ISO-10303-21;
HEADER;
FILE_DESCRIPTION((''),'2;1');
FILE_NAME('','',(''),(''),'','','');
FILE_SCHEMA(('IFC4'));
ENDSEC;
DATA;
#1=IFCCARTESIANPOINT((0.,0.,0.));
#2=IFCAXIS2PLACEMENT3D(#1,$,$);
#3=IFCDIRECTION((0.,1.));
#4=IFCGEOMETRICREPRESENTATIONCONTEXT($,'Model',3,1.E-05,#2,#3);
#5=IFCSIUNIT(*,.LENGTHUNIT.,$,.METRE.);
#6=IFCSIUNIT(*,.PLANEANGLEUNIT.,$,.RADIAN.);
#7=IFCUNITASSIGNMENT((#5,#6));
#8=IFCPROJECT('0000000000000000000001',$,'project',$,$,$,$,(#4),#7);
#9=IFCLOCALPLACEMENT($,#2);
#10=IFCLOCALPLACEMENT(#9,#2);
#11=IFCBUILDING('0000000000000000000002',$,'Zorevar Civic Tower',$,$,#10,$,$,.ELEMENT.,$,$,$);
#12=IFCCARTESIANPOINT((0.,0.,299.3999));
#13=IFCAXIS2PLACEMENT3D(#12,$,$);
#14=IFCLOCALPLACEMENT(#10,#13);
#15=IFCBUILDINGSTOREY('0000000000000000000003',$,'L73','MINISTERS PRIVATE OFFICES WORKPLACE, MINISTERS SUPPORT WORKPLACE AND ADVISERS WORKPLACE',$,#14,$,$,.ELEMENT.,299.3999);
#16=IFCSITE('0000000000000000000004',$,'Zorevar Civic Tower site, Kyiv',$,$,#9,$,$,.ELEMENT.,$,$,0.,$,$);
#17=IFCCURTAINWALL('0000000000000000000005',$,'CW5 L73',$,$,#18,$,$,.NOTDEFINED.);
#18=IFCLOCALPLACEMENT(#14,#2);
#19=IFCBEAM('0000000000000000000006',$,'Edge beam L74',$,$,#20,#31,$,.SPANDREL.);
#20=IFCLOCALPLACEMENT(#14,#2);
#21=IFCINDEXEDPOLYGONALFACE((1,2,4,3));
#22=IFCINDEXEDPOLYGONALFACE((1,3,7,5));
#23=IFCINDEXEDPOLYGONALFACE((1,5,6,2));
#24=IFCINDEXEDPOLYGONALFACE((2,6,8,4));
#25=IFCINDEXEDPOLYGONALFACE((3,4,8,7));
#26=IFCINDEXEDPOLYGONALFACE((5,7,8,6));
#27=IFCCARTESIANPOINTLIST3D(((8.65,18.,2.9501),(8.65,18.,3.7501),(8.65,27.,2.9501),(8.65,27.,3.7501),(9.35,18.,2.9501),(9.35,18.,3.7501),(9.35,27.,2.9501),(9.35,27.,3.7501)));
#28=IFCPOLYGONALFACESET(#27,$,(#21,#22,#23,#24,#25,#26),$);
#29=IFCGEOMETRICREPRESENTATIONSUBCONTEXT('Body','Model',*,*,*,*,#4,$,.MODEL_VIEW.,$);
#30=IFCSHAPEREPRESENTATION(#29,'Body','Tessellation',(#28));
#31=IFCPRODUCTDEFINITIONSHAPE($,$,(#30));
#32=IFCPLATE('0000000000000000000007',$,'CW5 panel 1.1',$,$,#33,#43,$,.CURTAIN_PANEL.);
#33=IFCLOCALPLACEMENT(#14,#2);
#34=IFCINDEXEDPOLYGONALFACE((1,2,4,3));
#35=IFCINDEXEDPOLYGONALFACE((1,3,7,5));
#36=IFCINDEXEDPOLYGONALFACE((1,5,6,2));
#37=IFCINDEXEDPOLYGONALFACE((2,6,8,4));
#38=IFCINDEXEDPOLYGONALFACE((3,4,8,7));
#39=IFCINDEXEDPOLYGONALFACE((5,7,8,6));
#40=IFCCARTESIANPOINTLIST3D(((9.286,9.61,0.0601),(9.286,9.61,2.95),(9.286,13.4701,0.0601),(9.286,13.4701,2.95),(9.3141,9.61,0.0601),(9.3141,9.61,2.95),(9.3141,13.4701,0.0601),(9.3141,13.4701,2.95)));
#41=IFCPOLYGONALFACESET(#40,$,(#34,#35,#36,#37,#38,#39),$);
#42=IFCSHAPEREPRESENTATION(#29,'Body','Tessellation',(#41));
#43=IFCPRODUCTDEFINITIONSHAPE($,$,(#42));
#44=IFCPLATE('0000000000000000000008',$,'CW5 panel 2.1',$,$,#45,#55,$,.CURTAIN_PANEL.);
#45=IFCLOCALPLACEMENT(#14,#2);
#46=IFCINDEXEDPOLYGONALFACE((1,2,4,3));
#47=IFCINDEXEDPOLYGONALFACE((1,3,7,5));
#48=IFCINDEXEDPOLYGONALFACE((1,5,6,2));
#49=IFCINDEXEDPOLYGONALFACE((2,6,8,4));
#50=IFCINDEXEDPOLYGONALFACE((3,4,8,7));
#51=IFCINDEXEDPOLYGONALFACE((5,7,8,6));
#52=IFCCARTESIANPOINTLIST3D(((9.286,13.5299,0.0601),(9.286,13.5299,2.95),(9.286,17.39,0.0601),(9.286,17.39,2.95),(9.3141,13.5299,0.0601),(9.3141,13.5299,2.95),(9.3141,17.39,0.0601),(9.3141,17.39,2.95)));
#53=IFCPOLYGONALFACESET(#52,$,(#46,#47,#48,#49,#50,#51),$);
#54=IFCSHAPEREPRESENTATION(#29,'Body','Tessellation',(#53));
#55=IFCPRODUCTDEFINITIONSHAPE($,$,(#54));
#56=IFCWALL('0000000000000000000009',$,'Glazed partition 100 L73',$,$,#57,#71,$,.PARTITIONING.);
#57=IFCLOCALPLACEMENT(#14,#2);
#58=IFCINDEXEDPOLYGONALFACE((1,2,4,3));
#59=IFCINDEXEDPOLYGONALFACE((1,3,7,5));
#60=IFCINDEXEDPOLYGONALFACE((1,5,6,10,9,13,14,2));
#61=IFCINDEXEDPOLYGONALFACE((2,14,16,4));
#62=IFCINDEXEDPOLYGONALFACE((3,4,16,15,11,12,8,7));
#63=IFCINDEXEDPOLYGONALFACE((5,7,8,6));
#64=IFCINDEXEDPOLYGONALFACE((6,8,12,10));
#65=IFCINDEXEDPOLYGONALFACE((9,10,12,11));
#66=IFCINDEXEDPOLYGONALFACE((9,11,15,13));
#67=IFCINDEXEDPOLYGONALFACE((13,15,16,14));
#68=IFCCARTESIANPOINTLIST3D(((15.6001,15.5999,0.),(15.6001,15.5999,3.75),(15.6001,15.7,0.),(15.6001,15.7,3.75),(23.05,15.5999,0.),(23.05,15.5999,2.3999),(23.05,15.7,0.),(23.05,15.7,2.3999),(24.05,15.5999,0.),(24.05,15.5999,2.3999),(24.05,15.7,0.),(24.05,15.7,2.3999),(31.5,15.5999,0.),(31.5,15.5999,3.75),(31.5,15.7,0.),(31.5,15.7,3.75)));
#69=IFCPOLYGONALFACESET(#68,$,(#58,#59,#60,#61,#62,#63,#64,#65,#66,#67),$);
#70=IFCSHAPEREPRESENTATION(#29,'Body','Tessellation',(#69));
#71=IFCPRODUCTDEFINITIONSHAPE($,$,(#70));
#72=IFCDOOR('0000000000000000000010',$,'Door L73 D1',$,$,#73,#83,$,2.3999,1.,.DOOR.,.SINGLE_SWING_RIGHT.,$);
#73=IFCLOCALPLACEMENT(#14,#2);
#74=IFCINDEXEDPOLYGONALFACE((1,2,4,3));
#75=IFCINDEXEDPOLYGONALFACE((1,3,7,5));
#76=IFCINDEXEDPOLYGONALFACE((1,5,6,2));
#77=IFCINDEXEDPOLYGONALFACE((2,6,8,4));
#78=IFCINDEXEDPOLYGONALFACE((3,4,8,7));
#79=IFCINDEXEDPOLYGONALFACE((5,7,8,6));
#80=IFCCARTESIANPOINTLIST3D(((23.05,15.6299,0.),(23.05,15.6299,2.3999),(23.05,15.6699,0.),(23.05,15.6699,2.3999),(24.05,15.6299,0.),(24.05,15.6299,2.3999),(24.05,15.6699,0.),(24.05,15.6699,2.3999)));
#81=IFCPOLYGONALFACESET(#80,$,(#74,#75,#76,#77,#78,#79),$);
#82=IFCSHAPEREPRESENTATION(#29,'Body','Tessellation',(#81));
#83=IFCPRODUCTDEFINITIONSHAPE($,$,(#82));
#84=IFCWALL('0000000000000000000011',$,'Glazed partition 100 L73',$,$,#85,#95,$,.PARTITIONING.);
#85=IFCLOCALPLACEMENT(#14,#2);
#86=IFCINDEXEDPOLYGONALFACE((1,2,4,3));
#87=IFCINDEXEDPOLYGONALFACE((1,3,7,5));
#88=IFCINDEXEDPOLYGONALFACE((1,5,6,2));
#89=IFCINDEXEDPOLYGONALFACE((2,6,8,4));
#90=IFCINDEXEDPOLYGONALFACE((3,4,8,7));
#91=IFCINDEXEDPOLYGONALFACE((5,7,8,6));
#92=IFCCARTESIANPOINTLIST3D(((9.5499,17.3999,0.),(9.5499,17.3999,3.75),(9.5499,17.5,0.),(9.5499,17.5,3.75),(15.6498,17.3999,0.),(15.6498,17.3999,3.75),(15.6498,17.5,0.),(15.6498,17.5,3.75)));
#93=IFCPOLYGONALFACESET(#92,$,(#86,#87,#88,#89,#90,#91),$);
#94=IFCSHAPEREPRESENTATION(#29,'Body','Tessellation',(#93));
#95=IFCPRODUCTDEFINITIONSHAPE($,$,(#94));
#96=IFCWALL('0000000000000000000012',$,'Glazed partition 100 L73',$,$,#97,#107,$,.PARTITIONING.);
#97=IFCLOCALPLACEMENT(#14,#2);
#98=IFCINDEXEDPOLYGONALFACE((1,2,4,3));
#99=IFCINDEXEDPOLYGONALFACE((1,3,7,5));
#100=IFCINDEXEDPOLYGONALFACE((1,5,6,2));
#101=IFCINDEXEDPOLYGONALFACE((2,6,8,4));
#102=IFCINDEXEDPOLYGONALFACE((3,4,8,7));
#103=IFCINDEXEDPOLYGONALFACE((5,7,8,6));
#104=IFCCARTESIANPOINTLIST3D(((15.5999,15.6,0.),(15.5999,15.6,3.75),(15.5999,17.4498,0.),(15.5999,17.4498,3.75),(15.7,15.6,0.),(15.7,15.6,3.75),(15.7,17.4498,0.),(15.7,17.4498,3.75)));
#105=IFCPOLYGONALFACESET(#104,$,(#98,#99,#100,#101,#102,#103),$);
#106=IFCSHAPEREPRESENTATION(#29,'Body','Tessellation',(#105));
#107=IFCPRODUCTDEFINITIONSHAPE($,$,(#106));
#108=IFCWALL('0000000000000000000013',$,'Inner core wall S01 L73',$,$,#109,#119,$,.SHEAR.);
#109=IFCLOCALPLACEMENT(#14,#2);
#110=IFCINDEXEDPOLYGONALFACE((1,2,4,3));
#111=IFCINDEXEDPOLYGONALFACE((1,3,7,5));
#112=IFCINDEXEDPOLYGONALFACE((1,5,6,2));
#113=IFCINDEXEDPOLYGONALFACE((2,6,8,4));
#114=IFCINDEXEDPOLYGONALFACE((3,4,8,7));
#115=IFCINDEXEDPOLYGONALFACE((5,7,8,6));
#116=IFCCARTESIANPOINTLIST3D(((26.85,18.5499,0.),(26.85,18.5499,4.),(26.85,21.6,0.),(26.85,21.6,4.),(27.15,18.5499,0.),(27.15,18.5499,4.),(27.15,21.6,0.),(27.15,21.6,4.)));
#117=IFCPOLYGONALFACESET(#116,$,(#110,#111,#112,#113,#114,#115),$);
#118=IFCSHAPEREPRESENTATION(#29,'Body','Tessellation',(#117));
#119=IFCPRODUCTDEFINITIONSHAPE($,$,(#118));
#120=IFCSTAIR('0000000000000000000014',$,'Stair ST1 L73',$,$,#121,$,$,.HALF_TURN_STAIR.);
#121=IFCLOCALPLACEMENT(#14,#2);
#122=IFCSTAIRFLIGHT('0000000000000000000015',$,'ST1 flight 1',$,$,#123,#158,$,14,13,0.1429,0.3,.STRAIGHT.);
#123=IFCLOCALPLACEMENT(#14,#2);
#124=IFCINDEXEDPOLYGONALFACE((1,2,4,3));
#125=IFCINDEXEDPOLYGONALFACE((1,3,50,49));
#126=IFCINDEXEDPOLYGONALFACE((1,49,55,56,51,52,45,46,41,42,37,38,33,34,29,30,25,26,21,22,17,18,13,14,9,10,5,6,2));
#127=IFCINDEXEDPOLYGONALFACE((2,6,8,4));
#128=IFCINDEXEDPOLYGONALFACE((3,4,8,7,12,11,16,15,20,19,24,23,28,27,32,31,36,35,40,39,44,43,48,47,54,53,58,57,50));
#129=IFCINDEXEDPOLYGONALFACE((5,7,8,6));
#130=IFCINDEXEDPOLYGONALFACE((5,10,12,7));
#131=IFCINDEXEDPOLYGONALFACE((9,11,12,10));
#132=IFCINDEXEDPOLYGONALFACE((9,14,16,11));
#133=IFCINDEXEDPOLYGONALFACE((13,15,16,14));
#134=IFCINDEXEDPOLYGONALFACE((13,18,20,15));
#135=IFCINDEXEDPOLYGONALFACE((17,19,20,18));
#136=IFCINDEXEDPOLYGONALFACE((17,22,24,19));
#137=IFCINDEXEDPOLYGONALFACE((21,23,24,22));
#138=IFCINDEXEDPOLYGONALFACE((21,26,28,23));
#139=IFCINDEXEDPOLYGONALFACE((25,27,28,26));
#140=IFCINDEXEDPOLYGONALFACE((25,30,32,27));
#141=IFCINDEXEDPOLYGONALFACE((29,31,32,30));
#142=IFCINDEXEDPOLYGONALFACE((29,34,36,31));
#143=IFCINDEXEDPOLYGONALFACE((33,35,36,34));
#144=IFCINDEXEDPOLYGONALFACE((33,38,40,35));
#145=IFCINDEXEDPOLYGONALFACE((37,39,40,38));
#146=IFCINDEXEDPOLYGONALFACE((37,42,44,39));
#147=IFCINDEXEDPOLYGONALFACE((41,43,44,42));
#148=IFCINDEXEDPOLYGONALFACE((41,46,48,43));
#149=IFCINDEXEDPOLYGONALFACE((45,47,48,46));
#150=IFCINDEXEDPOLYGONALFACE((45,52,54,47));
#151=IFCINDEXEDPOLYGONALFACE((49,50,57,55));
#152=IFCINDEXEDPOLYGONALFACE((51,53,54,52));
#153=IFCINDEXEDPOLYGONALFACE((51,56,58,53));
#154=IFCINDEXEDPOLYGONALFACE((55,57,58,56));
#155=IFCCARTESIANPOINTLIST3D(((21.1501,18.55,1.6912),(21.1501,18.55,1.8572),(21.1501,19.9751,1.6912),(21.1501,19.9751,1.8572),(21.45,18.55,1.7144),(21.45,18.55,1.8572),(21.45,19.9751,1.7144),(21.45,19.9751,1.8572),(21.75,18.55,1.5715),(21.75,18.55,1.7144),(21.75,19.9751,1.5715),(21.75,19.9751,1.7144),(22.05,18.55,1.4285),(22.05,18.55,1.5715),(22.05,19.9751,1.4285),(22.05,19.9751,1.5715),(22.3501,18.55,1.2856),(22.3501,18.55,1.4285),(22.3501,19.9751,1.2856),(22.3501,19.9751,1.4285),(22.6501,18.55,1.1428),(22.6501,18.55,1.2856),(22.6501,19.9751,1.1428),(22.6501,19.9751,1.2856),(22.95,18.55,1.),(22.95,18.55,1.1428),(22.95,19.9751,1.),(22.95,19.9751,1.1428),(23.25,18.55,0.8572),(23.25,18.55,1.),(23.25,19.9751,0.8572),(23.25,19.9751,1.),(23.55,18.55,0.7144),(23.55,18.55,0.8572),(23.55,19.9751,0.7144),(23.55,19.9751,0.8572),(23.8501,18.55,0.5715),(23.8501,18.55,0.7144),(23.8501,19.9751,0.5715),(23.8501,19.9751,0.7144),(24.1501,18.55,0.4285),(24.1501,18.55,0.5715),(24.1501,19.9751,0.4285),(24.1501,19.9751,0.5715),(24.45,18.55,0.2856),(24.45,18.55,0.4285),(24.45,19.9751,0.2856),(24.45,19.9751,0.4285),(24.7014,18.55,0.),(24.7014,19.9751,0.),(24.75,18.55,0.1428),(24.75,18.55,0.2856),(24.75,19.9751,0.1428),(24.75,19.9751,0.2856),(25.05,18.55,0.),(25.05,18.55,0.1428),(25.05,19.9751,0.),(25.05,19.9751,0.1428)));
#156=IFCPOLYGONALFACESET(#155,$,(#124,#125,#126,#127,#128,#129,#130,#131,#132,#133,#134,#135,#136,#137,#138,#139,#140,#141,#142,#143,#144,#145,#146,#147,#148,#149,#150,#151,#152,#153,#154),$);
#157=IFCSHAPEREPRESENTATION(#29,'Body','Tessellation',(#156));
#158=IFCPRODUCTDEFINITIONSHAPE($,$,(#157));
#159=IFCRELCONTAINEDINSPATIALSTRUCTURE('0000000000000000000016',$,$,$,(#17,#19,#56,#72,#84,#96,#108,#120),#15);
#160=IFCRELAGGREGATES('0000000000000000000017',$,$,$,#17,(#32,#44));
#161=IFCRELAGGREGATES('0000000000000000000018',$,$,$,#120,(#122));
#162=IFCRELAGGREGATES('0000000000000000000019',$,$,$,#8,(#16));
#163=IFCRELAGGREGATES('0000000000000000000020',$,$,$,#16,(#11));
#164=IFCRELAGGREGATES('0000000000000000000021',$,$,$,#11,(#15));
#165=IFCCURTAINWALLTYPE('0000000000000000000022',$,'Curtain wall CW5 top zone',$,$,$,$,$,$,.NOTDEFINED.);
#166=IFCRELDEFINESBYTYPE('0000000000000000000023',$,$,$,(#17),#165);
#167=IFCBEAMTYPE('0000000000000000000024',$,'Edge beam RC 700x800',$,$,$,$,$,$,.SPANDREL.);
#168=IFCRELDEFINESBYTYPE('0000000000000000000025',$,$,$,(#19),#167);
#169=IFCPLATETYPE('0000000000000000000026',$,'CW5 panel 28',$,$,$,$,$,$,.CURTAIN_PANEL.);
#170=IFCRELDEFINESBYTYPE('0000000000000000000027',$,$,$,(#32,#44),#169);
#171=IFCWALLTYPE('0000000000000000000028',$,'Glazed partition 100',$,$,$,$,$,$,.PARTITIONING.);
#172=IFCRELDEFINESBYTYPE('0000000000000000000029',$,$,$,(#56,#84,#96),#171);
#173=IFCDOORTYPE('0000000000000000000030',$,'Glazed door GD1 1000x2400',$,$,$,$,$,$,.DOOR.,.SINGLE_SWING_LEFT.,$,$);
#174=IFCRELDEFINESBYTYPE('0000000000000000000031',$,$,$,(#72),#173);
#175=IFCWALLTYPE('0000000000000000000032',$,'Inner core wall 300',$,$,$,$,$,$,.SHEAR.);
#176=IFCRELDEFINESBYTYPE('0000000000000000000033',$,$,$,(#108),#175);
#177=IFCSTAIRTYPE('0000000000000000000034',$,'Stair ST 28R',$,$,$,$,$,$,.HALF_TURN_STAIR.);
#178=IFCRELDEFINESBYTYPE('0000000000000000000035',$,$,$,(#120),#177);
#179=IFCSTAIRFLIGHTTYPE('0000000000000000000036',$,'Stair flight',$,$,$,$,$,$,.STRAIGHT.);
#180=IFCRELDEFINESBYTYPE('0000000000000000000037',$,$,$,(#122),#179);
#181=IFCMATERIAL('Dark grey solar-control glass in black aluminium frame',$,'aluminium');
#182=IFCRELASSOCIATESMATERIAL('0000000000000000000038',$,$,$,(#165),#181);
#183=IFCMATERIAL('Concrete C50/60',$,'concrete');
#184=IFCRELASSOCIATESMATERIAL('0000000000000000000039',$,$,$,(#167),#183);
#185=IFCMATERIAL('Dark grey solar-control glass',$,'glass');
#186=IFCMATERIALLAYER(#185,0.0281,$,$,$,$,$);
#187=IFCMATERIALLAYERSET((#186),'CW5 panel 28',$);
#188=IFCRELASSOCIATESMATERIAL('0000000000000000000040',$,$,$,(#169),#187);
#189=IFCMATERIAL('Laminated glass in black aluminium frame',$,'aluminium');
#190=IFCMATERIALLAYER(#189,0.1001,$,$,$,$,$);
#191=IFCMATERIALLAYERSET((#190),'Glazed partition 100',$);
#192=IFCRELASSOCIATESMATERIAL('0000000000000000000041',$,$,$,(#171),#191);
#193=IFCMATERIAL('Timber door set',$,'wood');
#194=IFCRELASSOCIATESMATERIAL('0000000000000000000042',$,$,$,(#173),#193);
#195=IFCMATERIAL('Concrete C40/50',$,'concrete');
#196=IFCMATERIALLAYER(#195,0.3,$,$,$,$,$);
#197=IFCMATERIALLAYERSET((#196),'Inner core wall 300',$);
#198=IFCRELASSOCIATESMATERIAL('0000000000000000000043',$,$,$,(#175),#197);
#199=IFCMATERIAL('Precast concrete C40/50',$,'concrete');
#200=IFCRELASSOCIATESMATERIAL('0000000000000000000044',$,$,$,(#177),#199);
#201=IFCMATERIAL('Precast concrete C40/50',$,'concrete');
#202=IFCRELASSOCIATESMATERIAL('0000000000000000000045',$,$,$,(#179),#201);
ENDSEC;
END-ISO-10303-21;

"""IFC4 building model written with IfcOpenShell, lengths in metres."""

from ifc_helpers import new_model, si_unit, direction, frame, frame_2d, origin, origin_2d, place, context, subcontext, project, spatial, polyline, rectangle, outline, extrude, material, layer, layer_set, material_profile, profile_set, type_object, element, fill, aggregate, save


model = new_model("IFC4")

# Units and contexts
model_context = context("Model", 3, precision=1e-05, world=origin(), true_north=direction((0.0, 1.0)))
body_context = subcontext(model_context, "Body", "Model", "MODEL_VIEW")
ifc_project = project(units=[si_unit("LENGTHUNIT", "METRE"), si_unit("PLANEANGLEUNIT", "RADIAN")], contexts=[model_context])

# Site, building, storey
site_placement = place(None, origin())
site = spatial("IfcSite", under=ifc_project, at=site_placement, Name="Zorevar Civic Tower site, Kyiv", CompositionType="ELEMENT", RefElevation=0.0)
building_placement = place(site_placement, origin())
building = spatial("IfcBuilding", under=site, at=building_placement, Name="Zorevar Civic Tower", CompositionType="ELEMENT")
storey_placement = place(building_placement, frame((0.0, 0.0, 299.3999)))
storey = spatial("IfcBuildingStorey", under=building, at=storey_placement, Name="L73", Description="MINISTERS PRIVATE OFFICES WORKPLACE, MINISTERS SUPPORT WORKPLACE AND ADVISERS WORKPLACE", CompositionType="ELEMENT", Elevation=299.3999)

# Curtain wall
ifc_material_1 = material(Name="Dark grey solar-control glass in black aluminium frame", Category="aluminium")
curtain_wall_type = type_object("IfcCurtainWallType", Name="Curtain wall CW5 top zone", PredefinedType="NOTDEFINED", material=ifc_material_1)
curtain_wall_1_placement = place(storey_placement, origin())
curtain_wall_1 = element("IfcCurtainWall", 1, at=curtain_wall_1_placement, inside=storey, type_object=curtain_wall_type, Name="CW5 L73", PredefinedType="NOTDEFINED")

# Beam
ifc_material_2 = material(Name="Concrete C50/60", Category="concrete")
ifc_material_profile_1 = material_profile(ifc_material_2, rectangle(XDim=0.7, YDim=0.8, at=origin_2d()), Name="RC 700x800")
ifc_profile_set_1 = profile_set([ifc_material_profile_1], Name="Concrete C50/60")
beam_type_1 = type_object("IfcBeamType", Name="Edge beam RC 700x800", PredefinedType="SPANDREL", material=ifc_profile_set_1)
beam_1_placement = place(storey_placement, frame((9.0, 18.0, 3.3501), z_axis=(0.0, 1.0, 0.0), x_axis=(-1.0, 0.0, 0.0)))
element("IfcBeam", 2, at=beam_1_placement, inside=storey, type_object=beam_type_1, Name="Edge beam L74", PredefinedType="SPANDREL", context=body_context, shape_type="SweptSolid", body=[
    extrude(rectangle(XDim=0.7, YDim=0.8, at=origin_2d()), origin(), (0.0, 0.0, 1.0), 9.0),
])

# Plates
ifc_material_3 = material(Name="Dark grey solar-control glass", Category="glass")
ifc_layer_1 = layer(ifc_material_3, 0.0281)
ifc_layer_set_1 = layer_set([ifc_layer_1], Name="CW5 panel 28")
plate_type = type_object("IfcPlateType", Name="CW5 panel 28", PredefinedType="CURTAIN_PANEL", material=ifc_layer_set_1)
plate_1_placement = place(storey_placement, frame((9.3, 11.54, 0.0601), z_axis=(0.0, 0.0, 1.0), x_axis=(0.0, 1.0, 0.0)))
plate_1 = element("IfcPlate", 3, at=plate_1_placement, type_object=plate_type, Name="CW5 panel 1.1", PredefinedType="CURTAIN_PANEL", context=body_context, shape_type="SweptSolid", body=[
    extrude(rectangle(XDim=3.8601, YDim=0.0281, at=origin_2d()), origin(), (0.0, 0.0, 1.0), 2.8899),
])
plate_2_placement = place(storey_placement, frame((9.3, 15.46, 0.0601), z_axis=(0.0, 0.0, 1.0), x_axis=(0.0, 1.0, 0.0)))
plate_2 = element("IfcPlate", 4, at=plate_2_placement, type_object=plate_type, Name="CW5 panel 2.1", PredefinedType="CURTAIN_PANEL", context=body_context, shape_type="SweptSolid", body=[
    extrude(rectangle(XDim=3.8601, YDim=0.0281, at=origin_2d()), origin(), (0.0, 0.0, 1.0), 2.8899),
])
aggregate(curtain_wall_1, [plate_1, plate_2])

# Wall, opening, door
ifc_material_4 = material(Name="Laminated glass in black aluminium frame", Category="aluminium")
ifc_layer_2 = layer(ifc_material_4, 0.1001)
ifc_layer_set_2 = layer_set([ifc_layer_2], Name="Glazed partition 100")
wall_type_1 = type_object("IfcWallType", Name="Glazed partition 100", PredefinedType="PARTITIONING", material=ifc_layer_set_2)
wall_1_placement = place(storey_placement, frame((15.6001, 15.6499, 0.0), z_axis=(0.0, 0.0, 1.0), x_axis=(1.0, 0.0, 0.0)))
wall_1 = element("IfcWall", 5, at=wall_1_placement, inside=storey, type_object=wall_type_1, Name="Glazed partition 100 L73", PredefinedType="PARTITIONING", context=body_context, shape_type="SweptSolid", body=[
    extrude(rectangle(XDim=15.8999, YDim=0.1001, at=frame_2d((7.95, 0.0))), origin(), (0.0, 0.0, 1.0), 3.75),
])
opening_1_placement = place(wall_1_placement, frame((7.45, 0.0, 0.0)))
opening_1 = element("IfcOpeningElement", 6, at=opening_1_placement, cuts=wall_1, PredefinedType="OPENING", context=body_context, shape_type="SweptSolid", body=[
    extrude(rectangle(XDim=1.0, YDim=2.3999, at=frame_2d((0.5, 1.2))), frame((0.0, 0.0601, 0.0), z_axis=(0.0, -1.0, 0.0), x_axis=(1.0, 0.0, 0.0)), (0.0, 0.0, 1.0), 0.1201),
])
ifc_material_5 = material(Name="Timber door set", Category="wood")
door_type_1 = type_object("IfcDoorType", Name="Glazed door GD1 1000x2400", OperationType="SINGLE_SWING_LEFT", PredefinedType="DOOR", material=ifc_material_5)
door_1_placement = place(opening_1_placement, origin())
door_1 = element("IfcDoor", 7, at=door_1_placement, inside=storey, type_object=door_type_1, Name="Door L73 D1", OperationType="SINGLE_SWING_RIGHT", OverallHeight=2.3999, OverallWidth=1.0, PredefinedType="DOOR", context=body_context, shape_type="SweptSolid", body=[
    extrude(rectangle(XDim=1.0, YDim=2.3999, at=frame_2d((0.5, 1.2))), frame((0.0, 0.02, 0.0), z_axis=(0.0, -1.0, 0.0), x_axis=(1.0, 0.0, 0.0)), (0.0, 0.0, 1.0), 0.04),
])
fill(opening_1, door_1)

# Walls
wall_2_placement = place(storey_placement, frame((9.55, 17.45, 0.0), z_axis=(0.0, 0.0, 1.0), x_axis=(1.0, 0.0, 0.0)))
element("IfcWall", 8, at=wall_2_placement, inside=storey, type_object=wall_type_1, Name="Glazed partition 100 L73", PredefinedType="PARTITIONING", context=body_context, shape_type="SweptSolid", body=[
    extrude(rectangle(XDim=6.0999, YDim=0.1001, at=frame_2d((3.0498, 0.0))), origin(), (0.0, 0.0, 1.0), 3.75),
])
wall_3_placement = place(storey_placement, frame((15.6499, 15.6001, 0.0), z_axis=(0.0, 0.0, 1.0), x_axis=(0.0, 1.0, 0.0)))
element("IfcWall", 9, at=wall_3_placement, inside=storey, type_object=wall_type_1, Name="Glazed partition 100 L73", PredefinedType="PARTITIONING", context=body_context, shape_type="SweptSolid", body=[
    extrude(rectangle(XDim=1.8499, YDim=0.1001, at=frame_2d((0.9248, 0.0))), origin(), (0.0, 0.0, 1.0), 3.75),
])
ifc_material_6 = material(Name="Concrete C40/50", Category="concrete")
ifc_layer_3 = layer(ifc_material_6, 0.3)
ifc_layer_set_3 = layer_set([ifc_layer_3], Name="Inner core wall 300")
wall_type_2 = type_object("IfcWallType", Name="Inner core wall 300", PredefinedType="SHEAR", material=ifc_layer_set_3)
wall_4_placement = place(storey_placement, frame((27.0, 18.55, 0.0), z_axis=(0.0, 0.0, 1.0), x_axis=(0.0, 1.0, 0.0)))
element("IfcWall", 10, at=wall_4_placement, inside=storey, type_object=wall_type_2, Name="Inner core wall S01 L73", PredefinedType="SHEAR", context=body_context, shape_type="SweptSolid", body=[
    extrude(rectangle(XDim=3.05, YDim=0.3, at=frame_2d((1.5249, 0.0))), origin(), (0.0, 0.0, 1.0), 4.0),
])

# Stair, stair flight
ifc_material_7 = material(Name="Precast concrete C40/50", Category="concrete")
stair_type = type_object("IfcStairType", Name="Stair ST 28R", PredefinedType="HALF_TURN_STAIR", material=ifc_material_7)
stair_placement = place(storey_placement, origin())
stair = element("IfcStair", 11, at=stair_placement, inside=storey, type_object=stair_type, Name="Stair ST1 L73", PredefinedType="HALF_TURN_STAIR")
ifc_material_8 = material(Name="Precast concrete C40/50", Category="concrete")
stair_flight_type = type_object("IfcStairFlightType", Name="Stair flight", PredefinedType="STRAIGHT", material=ifc_material_8)
stair_flight_placement = place(storey_placement, frame((25.05, 19.2625, 0.0), z_axis=(0.0, 0.0, 1.0), x_axis=(-1.0, 0.0, 0.0)))
stair_flight = element("IfcStairFlight", 12, at=stair_flight_placement, type_object=stair_flight_type, Name="ST1 flight 1", NumberOfRisers=14, NumberOfTreads=13, PredefinedType="STRAIGHT", RiserHeight=0.1429, TreadLength=0.3, context=body_context, shape_type="SweptSolid", body=[
    extrude(outline(polyline([(0.0, 0.0), (0.0, 0.1428), (0.3, 0.1428), (0.3, 0.2856), (0.6001, 0.2856), (0.6001, 0.4285), (0.8999, 0.4285), (0.8999, 0.5715), (1.2, 0.5715), (1.2, 0.7144), (1.5, 0.7144), (1.5, 0.8572), (1.8, 0.8572), (1.8, 1.0), (2.1001, 1.0), (2.1001, 1.1428), (2.3999, 1.1428), (2.3999, 1.2856), (2.7, 1.2856), (2.7, 1.4285), (3.0, 1.4285), (3.0, 1.5715), (3.3, 1.5715), (3.3, 1.7144), (3.6001, 1.7144), (3.6001, 1.8572), (3.8999, 1.8572), (3.8999, 2.0), (3.8999, 1.6912), (0.3486, 0.0), (0.0, 0.0)])), frame((0.0, 0.7124, 0.0), z_axis=(0.0, -1.0, 0.0), x_axis=(1.0, 0.0, 0.0)), (0.0, 0.0, 1.0), 1.425),
])
aggregate(stair, [stair_flight])

save(model, "model.ifc")
